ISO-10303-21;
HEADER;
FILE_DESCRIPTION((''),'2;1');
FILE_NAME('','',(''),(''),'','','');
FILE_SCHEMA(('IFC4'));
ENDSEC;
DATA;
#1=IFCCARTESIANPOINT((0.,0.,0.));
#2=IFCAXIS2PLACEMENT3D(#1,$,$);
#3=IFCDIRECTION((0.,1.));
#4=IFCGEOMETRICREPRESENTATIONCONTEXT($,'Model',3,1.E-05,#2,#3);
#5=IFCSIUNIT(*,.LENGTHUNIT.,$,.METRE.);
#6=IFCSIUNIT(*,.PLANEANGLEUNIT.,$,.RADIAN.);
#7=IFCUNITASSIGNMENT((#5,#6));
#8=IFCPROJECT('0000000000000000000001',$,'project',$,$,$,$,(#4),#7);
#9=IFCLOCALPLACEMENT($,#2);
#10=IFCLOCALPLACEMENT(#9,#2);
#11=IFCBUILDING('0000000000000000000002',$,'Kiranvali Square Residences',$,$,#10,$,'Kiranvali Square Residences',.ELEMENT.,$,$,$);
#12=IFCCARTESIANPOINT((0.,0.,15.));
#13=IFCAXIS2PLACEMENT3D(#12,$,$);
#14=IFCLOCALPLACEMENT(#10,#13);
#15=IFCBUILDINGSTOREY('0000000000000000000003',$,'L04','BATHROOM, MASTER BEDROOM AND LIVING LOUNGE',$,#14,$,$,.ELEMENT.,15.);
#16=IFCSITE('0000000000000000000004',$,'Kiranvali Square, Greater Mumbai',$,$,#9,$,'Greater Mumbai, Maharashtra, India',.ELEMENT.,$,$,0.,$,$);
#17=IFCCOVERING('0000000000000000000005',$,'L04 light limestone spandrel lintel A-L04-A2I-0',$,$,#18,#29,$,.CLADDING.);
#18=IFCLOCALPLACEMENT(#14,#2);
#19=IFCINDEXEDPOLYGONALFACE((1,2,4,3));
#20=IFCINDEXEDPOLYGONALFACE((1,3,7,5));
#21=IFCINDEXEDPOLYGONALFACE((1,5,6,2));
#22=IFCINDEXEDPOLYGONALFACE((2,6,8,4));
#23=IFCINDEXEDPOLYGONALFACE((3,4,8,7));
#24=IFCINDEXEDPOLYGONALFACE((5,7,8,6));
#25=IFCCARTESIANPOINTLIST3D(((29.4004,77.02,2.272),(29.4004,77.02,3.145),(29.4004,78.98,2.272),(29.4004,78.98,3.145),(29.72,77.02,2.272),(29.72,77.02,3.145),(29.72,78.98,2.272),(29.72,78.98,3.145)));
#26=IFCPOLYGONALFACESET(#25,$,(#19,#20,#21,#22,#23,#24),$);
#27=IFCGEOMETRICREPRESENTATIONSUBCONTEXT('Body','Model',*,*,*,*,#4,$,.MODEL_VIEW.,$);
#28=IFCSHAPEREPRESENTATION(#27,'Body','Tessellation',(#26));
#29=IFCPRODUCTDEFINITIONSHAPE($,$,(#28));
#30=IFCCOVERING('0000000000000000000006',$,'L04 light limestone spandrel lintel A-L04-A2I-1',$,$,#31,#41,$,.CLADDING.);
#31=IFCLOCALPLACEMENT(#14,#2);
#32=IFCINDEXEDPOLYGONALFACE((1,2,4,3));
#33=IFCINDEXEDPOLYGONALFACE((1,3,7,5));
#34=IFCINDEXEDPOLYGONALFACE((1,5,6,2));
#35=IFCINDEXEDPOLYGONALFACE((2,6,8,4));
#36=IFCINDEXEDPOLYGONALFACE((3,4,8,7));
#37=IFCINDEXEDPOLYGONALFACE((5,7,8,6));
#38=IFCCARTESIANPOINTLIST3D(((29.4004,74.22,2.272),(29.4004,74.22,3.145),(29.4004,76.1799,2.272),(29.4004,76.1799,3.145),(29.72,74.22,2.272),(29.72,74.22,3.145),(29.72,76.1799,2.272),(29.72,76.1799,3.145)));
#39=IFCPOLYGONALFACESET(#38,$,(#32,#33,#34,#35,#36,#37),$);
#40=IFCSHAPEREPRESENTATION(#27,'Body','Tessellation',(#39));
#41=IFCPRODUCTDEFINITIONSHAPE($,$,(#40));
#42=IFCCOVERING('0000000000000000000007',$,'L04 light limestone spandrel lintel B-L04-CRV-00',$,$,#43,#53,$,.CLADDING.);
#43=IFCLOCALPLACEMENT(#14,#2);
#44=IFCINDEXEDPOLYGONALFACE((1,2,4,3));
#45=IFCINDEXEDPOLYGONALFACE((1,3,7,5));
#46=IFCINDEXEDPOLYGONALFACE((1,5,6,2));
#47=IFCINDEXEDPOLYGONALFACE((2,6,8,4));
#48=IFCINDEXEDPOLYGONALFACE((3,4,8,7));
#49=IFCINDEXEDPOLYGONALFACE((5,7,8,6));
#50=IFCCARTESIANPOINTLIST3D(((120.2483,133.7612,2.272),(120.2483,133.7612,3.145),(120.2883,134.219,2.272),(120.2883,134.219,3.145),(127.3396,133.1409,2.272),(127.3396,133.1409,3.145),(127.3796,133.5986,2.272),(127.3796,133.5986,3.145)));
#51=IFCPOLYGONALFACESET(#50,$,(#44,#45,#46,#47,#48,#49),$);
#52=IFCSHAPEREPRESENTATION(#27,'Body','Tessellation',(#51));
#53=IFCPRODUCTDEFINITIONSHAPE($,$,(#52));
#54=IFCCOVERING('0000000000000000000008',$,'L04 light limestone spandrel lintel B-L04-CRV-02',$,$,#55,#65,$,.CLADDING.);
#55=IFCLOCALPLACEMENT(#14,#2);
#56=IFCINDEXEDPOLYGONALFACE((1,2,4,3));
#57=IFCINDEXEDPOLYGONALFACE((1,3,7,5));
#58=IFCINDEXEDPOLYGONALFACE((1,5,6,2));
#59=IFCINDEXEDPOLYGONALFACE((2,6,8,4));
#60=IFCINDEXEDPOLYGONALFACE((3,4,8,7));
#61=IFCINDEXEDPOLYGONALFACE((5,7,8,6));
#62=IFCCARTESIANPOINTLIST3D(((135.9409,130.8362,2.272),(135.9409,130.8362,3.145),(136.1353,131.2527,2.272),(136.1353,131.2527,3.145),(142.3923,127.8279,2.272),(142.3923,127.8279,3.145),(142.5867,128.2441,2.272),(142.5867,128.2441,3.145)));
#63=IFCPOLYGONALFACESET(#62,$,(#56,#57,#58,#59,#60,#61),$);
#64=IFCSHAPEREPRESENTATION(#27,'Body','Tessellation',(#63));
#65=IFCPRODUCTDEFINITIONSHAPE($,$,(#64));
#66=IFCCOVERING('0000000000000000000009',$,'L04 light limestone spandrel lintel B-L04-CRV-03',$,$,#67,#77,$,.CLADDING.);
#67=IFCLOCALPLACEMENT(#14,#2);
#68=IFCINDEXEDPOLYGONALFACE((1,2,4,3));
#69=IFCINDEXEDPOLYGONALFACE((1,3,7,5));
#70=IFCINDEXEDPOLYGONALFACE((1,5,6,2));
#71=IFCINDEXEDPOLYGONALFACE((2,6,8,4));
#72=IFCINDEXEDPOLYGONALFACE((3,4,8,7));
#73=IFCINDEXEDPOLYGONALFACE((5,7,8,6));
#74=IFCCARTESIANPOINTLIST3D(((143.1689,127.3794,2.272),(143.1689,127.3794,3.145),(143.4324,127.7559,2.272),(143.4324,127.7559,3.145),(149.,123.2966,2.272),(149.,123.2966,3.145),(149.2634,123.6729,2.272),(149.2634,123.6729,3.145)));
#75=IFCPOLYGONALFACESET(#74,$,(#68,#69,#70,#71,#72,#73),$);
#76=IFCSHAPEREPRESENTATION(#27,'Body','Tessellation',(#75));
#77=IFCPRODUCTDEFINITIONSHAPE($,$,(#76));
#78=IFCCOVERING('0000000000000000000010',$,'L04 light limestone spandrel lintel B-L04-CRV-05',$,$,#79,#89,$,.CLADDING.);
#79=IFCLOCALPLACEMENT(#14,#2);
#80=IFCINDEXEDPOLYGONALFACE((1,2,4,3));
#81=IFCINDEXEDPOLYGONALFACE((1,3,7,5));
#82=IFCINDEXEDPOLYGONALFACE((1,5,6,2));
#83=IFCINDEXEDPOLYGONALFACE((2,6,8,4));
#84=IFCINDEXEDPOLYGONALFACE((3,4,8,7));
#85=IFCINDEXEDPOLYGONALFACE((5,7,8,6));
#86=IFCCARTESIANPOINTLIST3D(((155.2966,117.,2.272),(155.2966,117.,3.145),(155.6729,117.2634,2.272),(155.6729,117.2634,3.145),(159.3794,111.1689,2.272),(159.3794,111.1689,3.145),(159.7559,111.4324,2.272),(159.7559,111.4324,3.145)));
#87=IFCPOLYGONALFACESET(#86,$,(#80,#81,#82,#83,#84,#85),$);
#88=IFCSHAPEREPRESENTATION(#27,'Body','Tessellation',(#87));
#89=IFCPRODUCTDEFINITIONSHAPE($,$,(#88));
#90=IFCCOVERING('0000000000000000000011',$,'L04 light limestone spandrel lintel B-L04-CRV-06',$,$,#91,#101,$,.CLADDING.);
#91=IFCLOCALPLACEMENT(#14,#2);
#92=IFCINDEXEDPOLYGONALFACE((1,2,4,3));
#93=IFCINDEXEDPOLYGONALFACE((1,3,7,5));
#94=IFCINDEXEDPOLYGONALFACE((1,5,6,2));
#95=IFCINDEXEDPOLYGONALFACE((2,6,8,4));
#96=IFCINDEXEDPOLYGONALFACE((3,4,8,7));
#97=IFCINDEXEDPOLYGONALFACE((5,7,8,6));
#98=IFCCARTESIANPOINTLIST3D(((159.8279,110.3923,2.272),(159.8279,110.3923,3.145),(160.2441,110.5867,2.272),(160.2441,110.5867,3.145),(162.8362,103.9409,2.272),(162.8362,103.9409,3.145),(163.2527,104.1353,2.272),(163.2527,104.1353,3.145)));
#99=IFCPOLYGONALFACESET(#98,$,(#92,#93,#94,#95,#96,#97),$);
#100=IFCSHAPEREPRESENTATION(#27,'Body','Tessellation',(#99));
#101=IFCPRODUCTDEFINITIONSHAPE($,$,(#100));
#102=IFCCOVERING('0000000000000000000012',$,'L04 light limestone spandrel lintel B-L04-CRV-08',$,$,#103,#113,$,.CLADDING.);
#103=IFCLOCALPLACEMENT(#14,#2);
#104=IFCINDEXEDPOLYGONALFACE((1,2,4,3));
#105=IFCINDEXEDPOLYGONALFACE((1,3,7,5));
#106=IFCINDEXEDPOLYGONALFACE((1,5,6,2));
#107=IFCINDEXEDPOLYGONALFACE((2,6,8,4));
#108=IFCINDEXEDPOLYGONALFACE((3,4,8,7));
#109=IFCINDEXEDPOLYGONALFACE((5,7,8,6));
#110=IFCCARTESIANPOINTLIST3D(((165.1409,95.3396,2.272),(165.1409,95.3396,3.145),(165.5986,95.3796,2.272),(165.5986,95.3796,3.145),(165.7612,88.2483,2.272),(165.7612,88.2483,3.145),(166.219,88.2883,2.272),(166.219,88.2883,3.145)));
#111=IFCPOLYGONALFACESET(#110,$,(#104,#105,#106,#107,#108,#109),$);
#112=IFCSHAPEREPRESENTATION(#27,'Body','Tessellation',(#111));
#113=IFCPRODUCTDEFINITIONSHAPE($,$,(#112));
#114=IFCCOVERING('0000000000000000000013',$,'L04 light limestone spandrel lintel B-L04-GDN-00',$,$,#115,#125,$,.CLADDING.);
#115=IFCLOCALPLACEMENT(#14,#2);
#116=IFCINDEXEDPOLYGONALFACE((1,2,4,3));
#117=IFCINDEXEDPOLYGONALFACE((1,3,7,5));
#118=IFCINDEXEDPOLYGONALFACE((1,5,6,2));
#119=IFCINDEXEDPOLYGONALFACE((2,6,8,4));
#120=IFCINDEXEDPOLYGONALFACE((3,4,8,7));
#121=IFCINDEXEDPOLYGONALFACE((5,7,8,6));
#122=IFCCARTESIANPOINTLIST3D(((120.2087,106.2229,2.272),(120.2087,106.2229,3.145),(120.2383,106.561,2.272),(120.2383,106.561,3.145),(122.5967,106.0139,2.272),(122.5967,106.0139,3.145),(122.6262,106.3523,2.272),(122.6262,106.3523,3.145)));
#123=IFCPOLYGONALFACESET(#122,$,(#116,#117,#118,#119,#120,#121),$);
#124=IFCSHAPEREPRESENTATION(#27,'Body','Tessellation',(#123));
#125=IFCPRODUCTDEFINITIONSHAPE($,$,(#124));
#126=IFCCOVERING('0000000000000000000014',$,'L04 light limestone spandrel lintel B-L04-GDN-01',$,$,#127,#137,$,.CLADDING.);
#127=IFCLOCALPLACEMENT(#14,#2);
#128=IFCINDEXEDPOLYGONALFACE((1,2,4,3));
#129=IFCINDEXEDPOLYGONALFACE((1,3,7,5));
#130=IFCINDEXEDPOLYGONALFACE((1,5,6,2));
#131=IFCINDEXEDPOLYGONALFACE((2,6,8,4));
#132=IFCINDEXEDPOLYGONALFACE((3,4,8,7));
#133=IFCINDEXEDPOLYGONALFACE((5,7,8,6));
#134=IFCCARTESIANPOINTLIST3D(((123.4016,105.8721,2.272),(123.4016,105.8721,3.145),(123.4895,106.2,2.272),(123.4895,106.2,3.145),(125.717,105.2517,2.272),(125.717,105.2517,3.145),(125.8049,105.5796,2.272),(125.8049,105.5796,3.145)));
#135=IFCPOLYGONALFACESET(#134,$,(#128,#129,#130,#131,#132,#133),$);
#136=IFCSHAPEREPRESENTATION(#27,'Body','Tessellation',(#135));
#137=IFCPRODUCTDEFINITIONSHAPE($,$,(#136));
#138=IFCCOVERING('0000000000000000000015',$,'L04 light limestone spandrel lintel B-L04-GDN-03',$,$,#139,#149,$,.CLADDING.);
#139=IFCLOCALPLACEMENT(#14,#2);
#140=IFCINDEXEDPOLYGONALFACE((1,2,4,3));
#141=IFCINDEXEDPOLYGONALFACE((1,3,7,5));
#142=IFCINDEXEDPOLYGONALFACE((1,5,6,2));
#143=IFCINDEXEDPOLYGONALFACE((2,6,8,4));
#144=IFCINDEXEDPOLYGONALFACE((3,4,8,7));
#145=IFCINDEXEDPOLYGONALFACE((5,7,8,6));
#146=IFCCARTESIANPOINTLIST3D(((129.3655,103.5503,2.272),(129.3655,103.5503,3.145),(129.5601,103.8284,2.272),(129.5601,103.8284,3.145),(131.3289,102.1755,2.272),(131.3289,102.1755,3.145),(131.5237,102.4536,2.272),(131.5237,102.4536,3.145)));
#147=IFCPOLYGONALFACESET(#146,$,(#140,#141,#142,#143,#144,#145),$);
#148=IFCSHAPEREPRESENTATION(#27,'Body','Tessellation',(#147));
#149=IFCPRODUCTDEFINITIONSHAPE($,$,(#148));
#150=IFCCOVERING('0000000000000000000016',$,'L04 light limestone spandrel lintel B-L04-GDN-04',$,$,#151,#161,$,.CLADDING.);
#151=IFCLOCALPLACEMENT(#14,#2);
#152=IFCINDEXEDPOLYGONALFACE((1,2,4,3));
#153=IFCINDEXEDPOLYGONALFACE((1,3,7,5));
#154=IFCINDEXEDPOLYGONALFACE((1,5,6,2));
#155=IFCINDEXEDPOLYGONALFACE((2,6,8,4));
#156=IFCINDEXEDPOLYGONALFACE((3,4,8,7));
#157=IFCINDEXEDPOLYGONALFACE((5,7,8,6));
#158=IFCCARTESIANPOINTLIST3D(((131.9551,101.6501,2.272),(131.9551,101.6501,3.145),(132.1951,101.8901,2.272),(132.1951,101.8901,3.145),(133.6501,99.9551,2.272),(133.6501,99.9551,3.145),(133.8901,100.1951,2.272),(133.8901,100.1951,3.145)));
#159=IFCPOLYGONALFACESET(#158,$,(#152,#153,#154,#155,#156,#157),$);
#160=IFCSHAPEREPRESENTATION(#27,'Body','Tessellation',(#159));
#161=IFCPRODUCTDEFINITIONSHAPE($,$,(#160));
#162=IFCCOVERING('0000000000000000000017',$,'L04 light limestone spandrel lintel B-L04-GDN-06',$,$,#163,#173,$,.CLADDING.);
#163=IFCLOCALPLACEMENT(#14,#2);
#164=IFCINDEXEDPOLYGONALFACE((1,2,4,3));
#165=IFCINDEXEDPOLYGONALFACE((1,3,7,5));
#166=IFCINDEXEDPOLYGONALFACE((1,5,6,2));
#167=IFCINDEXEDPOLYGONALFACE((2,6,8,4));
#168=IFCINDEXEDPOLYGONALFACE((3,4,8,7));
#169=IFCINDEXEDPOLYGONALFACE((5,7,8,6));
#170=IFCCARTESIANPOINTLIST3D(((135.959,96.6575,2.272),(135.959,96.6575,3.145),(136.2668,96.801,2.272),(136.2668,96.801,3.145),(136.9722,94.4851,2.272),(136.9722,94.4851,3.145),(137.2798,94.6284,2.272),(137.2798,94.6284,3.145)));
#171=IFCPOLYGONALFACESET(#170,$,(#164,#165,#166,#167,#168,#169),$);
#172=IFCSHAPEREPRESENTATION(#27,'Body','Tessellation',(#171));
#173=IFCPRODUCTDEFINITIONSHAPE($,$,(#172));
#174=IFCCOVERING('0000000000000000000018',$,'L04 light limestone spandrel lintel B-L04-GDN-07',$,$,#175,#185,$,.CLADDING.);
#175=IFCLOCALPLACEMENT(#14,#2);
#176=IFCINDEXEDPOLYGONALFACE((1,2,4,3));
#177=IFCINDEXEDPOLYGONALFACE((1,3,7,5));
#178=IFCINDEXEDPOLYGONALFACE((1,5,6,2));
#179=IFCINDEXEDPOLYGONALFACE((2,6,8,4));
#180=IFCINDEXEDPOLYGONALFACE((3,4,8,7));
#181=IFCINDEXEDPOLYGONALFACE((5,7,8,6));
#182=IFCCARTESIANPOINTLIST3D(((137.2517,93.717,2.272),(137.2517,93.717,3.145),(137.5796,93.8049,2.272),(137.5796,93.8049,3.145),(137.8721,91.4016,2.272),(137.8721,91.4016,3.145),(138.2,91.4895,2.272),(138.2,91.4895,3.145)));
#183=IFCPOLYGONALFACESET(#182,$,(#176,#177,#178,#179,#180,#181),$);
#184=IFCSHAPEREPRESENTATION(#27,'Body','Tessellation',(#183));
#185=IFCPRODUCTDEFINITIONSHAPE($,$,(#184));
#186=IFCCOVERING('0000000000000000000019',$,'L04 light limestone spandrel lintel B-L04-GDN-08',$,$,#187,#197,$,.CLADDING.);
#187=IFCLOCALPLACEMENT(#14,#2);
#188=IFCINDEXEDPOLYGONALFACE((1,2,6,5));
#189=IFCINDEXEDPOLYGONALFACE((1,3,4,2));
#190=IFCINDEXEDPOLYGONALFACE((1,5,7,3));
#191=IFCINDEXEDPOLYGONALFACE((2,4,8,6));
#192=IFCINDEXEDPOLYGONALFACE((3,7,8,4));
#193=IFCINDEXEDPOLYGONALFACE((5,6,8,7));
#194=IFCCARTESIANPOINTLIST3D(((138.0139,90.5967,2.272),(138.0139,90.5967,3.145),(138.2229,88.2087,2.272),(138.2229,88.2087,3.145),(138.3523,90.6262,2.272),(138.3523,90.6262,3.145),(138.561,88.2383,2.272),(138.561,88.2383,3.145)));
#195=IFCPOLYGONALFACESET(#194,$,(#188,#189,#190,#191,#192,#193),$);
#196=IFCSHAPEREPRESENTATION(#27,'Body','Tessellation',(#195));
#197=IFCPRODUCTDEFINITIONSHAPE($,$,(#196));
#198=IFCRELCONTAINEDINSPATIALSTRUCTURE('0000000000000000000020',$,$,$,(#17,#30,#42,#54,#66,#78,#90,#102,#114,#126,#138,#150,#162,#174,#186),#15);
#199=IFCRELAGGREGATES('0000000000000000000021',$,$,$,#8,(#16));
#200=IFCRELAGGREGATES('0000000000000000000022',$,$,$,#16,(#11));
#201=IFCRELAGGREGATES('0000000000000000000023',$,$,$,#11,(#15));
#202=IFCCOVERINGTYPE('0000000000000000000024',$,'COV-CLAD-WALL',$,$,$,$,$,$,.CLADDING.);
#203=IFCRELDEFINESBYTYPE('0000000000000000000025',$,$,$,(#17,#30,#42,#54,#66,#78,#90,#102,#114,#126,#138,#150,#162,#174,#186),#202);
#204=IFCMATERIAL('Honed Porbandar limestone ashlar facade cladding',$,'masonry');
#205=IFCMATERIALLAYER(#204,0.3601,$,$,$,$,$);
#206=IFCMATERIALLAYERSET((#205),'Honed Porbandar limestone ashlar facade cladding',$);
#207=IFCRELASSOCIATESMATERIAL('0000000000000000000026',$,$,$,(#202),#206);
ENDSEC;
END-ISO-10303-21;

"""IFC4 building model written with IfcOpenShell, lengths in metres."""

from ifc_helpers import new_model, si_unit, direction, frame, origin, place, context, subcontext, project, spatial, polyline, outline, extrude, material, layer, layer_set, type_object, element, save


model = new_model("IFC4")

# Units and contexts
model_context = context("Model", 3, precision=1e-05, world=origin(), true_north=direction((0.0, 1.0)))
body_context = subcontext(model_context, "Body", "Model", "MODEL_VIEW")
ifc_project = project(units=[si_unit("LENGTHUNIT", "METRE"), si_unit("PLANEANGLEUNIT", "RADIAN")], contexts=[model_context])

# Site, building, storey
site_placement = place(None, origin())
site = spatial("IfcSite", under=ifc_project, at=site_placement, Name="Kiranvali Square, Greater Mumbai", LongName="Greater Mumbai, Maharashtra, India", CompositionType="ELEMENT", RefElevation=0.0)
building_placement = place(site_placement, origin())
building = spatial("IfcBuilding", under=site, at=building_placement, Name="Kiranvali Square Residences", LongName="Kiranvali Square Residences", CompositionType="ELEMENT")
storey_placement = place(building_placement, frame((0.0, 0.0, 15.0)))
storey = spatial("IfcBuildingStorey", under=building, at=storey_placement, Name="L04", Description="BATHROOM, MASTER BEDROOM AND LIVING LOUNGE", CompositionType="ELEMENT", Elevation=15.0)

# Coverings
ifc_material = material(Name="Honed Porbandar limestone ashlar facade cladding", Category="masonry")
ifc_layer = layer(ifc_material, 0.3601)
ifc_layer_set = layer_set([ifc_layer], Name="Honed Porbandar limestone ashlar facade cladding")
covering_type = type_object("IfcCoveringType", Name="COV-CLAD-WALL", PredefinedType="CLADDING", material=ifc_layer_set)
covering_1_placement = place(storey_placement, frame((0.0, 0.0, 2.272)))
element("IfcCovering", 1, at=covering_1_placement, inside=storey, type_object=covering_type, Name="L04 light limestone spandrel lintel A-L04-A2I-0", PredefinedType="CLADDING", context=body_context, shape_type="SweptSolid", body=[
    extrude(outline(polyline([(29.4004, 78.98), (29.4004, 77.02), (29.72, 77.02), (29.72, 78.98), (29.4004, 78.98)])), origin(), (0.0, 0.0, 1.0), 0.873),
])
covering_2_placement = place(storey_placement, frame((0.0, 0.0, 2.272)))
element("IfcCovering", 2, at=covering_2_placement, inside=storey, type_object=covering_type, Name="L04 light limestone spandrel lintel A-L04-A2I-1", PredefinedType="CLADDING", context=body_context, shape_type="SweptSolid", body=[
    extrude(outline(polyline([(29.4004, 76.1799), (29.4004, 74.22), (29.72, 74.22), (29.72, 76.1799), (29.4004, 76.1799)])), origin(), (0.0, 0.0, 1.0), 0.873),
])
covering_3_placement = place(storey_placement, frame((0.0, 0.0, 2.272)))
element("IfcCovering", 3, at=covering_3_placement, inside=storey, type_object=covering_type, Name="L04 light limestone spandrel lintel B-L04-CRV-00", PredefinedType="CLADDING", context=body_context, shape_type="SweptSolid", body=[
    extrude(outline(polyline([(120.2483, 133.7612), (127.3396, 133.1409), (127.3796, 133.5986), (120.2883, 134.219), (120.2483, 133.7612)])), origin(), (0.0, 0.0, 1.0), 0.873),
])
covering_4_placement = place(storey_placement, frame((0.0, 0.0, 2.272)))
element("IfcCovering", 4, at=covering_4_placement, inside=storey, type_object=covering_type, Name="L04 light limestone spandrel lintel B-L04-CRV-02", PredefinedType="CLADDING", context=body_context, shape_type="SweptSolid", body=[
    extrude(outline(polyline([(135.9409, 130.8362), (142.3923, 127.8279), (142.5867, 128.2441), (136.1353, 131.2527), (135.9409, 130.8362)])), origin(), (0.0, 0.0, 1.0), 0.873),
])
covering_5_placement = place(storey_placement, frame((0.0, 0.0, 2.272)))
element("IfcCovering", 5, at=covering_5_placement, inside=storey, type_object=covering_type, Name="L04 light limestone spandrel lintel B-L04-CRV-03", PredefinedType="CLADDING", context=body_context, shape_type="SweptSolid", body=[
    extrude(outline(polyline([(143.1689, 127.3794), (149.0, 123.2966), (149.2634, 123.6729), (143.4324, 127.7559), (143.1689, 127.3794)])), origin(), (0.0, 0.0, 1.0), 0.873),
])
covering_6_placement = place(storey_placement, frame((0.0, 0.0, 2.272)))
element("IfcCovering", 6, at=covering_6_placement, inside=storey, type_object=covering_type, Name="L04 light limestone spandrel lintel B-L04-CRV-05", PredefinedType="CLADDING", context=body_context, shape_type="SweptSolid", body=[
    extrude(outline(polyline([(155.2966, 117.0), (159.3794, 111.1689), (159.7559, 111.4324), (155.6729, 117.2634), (155.2966, 117.0)])), origin(), (0.0, 0.0, 1.0), 0.873),
])
covering_7_placement = place(storey_placement, frame((0.0, 0.0, 2.272)))
element("IfcCovering", 7, at=covering_7_placement, inside=storey, type_object=covering_type, Name="L04 light limestone spandrel lintel B-L04-CRV-06", PredefinedType="CLADDING", context=body_context, shape_type="SweptSolid", body=[
    extrude(outline(polyline([(159.8279, 110.3923), (162.8362, 103.9409), (163.2527, 104.1353), (160.2441, 110.5867), (159.8279, 110.3923)])), origin(), (0.0, 0.0, 1.0), 0.873),
])
covering_8_placement = place(storey_placement, frame((0.0, 0.0, 2.272)))
element("IfcCovering", 8, at=covering_8_placement, inside=storey, type_object=covering_type, Name="L04 light limestone spandrel lintel B-L04-CRV-08", PredefinedType="CLADDING", context=body_context, shape_type="SweptSolid", body=[
    extrude(outline(polyline([(165.1409, 95.3396), (165.7612, 88.2483), (166.219, 88.2883), (165.5986, 95.3796), (165.1409, 95.3396)])), origin(), (0.0, 0.0, 1.0), 0.873),
])
covering_9_placement = place(storey_placement, frame((0.0, 0.0, 2.272)))
element("IfcCovering", 9, at=covering_9_placement, inside=storey, type_object=covering_type, Name="L04 light limestone spandrel lintel B-L04-GDN-00", PredefinedType="CLADDING", context=body_context, shape_type="SweptSolid", body=[
    extrude(outline(polyline([(120.2087, 106.2229), (122.5967, 106.0139), (122.6262, 106.3523), (120.2383, 106.561), (120.2087, 106.2229)])), origin(), (0.0, 0.0, 1.0), 0.873),
])
covering_10_placement = place(storey_placement, frame((0.0, 0.0, 2.272)))
element("IfcCovering", 10, at=covering_10_placement, inside=storey, type_object=covering_type, Name="L04 light limestone spandrel lintel B-L04-GDN-01", PredefinedType="CLADDING", context=body_context, shape_type="SweptSolid", body=[
    extrude(outline(polyline([(123.4016, 105.8721), (125.717, 105.2517), (125.8049, 105.5796), (123.4895, 106.2), (123.4016, 105.8721)])), origin(), (0.0, 0.0, 1.0), 0.873),
])
covering_11_placement = place(storey_placement, frame((0.0, 0.0, 2.272)))
element("IfcCovering", 11, at=covering_11_placement, inside=storey, type_object=covering_type, Name="L04 light limestone spandrel lintel B-L04-GDN-03", PredefinedType="CLADDING", context=body_context, shape_type="SweptSolid", body=[
    extrude(outline(polyline([(129.3655, 103.5503), (131.3289, 102.1755), (131.5237, 102.4536), (129.5601, 103.8284), (129.3655, 103.5503)])), origin(), (0.0, 0.0, 1.0), 0.873),
])
covering_12_placement = place(storey_placement, frame((0.0, 0.0, 2.272)))
element("IfcCovering", 12, at=covering_12_placement, inside=storey, type_object=covering_type, Name="L04 light limestone spandrel lintel B-L04-GDN-04", PredefinedType="CLADDING", context=body_context, shape_type="SweptSolid", body=[
    extrude(outline(polyline([(131.9551, 101.6501), (133.6501, 99.9551), (133.8901, 100.1951), (132.1951, 101.8901), (131.9551, 101.6501)])), origin(), (0.0, 0.0, 1.0), 0.873),
])
covering_13_placement = place(storey_placement, frame((0.0, 0.0, 2.272)))
element("IfcCovering", 13, at=covering_13_placement, inside=storey, type_object=covering_type, Name="L04 light limestone spandrel lintel B-L04-GDN-06", PredefinedType="CLADDING", context=body_context, shape_type="SweptSolid", body=[
    extrude(outline(polyline([(135.959, 96.6575), (136.9722, 94.4851), (137.2798, 94.6284), (136.2668, 96.801), (135.959, 96.6575)])), origin(), (0.0, 0.0, 1.0), 0.873),
])
covering_14_placement = place(storey_placement, frame((0.0, 0.0, 2.272)))
element("IfcCovering", 14, at=covering_14_placement, inside=storey, type_object=covering_type, Name="L04 light limestone spandrel lintel B-L04-GDN-07", PredefinedType="CLADDING", context=body_context, shape_type="SweptSolid", body=[
    extrude(outline(polyline([(137.2517, 93.717), (137.8721, 91.4016), (138.2, 91.4895), (137.5796, 93.8049), (137.2517, 93.717)])), origin(), (0.0, 0.0, 1.0), 0.873),
])
covering_15_placement = place(storey_placement, frame((0.0, 0.0, 2.272)))
element("IfcCovering", 15, at=covering_15_placement, inside=storey, type_object=covering_type, Name="L04 light limestone spandrel lintel B-L04-GDN-08", PredefinedType="CLADDING", context=body_context, shape_type="SweptSolid", body=[
    extrude(outline(polyline([(138.0139, 90.5967), (138.2229, 88.2087), (138.561, 88.2383), (138.3523, 90.6262), (138.0139, 90.5967)])), origin(), (0.0, 0.0, 1.0), 0.873),
])

save(model, "model.ifc")
